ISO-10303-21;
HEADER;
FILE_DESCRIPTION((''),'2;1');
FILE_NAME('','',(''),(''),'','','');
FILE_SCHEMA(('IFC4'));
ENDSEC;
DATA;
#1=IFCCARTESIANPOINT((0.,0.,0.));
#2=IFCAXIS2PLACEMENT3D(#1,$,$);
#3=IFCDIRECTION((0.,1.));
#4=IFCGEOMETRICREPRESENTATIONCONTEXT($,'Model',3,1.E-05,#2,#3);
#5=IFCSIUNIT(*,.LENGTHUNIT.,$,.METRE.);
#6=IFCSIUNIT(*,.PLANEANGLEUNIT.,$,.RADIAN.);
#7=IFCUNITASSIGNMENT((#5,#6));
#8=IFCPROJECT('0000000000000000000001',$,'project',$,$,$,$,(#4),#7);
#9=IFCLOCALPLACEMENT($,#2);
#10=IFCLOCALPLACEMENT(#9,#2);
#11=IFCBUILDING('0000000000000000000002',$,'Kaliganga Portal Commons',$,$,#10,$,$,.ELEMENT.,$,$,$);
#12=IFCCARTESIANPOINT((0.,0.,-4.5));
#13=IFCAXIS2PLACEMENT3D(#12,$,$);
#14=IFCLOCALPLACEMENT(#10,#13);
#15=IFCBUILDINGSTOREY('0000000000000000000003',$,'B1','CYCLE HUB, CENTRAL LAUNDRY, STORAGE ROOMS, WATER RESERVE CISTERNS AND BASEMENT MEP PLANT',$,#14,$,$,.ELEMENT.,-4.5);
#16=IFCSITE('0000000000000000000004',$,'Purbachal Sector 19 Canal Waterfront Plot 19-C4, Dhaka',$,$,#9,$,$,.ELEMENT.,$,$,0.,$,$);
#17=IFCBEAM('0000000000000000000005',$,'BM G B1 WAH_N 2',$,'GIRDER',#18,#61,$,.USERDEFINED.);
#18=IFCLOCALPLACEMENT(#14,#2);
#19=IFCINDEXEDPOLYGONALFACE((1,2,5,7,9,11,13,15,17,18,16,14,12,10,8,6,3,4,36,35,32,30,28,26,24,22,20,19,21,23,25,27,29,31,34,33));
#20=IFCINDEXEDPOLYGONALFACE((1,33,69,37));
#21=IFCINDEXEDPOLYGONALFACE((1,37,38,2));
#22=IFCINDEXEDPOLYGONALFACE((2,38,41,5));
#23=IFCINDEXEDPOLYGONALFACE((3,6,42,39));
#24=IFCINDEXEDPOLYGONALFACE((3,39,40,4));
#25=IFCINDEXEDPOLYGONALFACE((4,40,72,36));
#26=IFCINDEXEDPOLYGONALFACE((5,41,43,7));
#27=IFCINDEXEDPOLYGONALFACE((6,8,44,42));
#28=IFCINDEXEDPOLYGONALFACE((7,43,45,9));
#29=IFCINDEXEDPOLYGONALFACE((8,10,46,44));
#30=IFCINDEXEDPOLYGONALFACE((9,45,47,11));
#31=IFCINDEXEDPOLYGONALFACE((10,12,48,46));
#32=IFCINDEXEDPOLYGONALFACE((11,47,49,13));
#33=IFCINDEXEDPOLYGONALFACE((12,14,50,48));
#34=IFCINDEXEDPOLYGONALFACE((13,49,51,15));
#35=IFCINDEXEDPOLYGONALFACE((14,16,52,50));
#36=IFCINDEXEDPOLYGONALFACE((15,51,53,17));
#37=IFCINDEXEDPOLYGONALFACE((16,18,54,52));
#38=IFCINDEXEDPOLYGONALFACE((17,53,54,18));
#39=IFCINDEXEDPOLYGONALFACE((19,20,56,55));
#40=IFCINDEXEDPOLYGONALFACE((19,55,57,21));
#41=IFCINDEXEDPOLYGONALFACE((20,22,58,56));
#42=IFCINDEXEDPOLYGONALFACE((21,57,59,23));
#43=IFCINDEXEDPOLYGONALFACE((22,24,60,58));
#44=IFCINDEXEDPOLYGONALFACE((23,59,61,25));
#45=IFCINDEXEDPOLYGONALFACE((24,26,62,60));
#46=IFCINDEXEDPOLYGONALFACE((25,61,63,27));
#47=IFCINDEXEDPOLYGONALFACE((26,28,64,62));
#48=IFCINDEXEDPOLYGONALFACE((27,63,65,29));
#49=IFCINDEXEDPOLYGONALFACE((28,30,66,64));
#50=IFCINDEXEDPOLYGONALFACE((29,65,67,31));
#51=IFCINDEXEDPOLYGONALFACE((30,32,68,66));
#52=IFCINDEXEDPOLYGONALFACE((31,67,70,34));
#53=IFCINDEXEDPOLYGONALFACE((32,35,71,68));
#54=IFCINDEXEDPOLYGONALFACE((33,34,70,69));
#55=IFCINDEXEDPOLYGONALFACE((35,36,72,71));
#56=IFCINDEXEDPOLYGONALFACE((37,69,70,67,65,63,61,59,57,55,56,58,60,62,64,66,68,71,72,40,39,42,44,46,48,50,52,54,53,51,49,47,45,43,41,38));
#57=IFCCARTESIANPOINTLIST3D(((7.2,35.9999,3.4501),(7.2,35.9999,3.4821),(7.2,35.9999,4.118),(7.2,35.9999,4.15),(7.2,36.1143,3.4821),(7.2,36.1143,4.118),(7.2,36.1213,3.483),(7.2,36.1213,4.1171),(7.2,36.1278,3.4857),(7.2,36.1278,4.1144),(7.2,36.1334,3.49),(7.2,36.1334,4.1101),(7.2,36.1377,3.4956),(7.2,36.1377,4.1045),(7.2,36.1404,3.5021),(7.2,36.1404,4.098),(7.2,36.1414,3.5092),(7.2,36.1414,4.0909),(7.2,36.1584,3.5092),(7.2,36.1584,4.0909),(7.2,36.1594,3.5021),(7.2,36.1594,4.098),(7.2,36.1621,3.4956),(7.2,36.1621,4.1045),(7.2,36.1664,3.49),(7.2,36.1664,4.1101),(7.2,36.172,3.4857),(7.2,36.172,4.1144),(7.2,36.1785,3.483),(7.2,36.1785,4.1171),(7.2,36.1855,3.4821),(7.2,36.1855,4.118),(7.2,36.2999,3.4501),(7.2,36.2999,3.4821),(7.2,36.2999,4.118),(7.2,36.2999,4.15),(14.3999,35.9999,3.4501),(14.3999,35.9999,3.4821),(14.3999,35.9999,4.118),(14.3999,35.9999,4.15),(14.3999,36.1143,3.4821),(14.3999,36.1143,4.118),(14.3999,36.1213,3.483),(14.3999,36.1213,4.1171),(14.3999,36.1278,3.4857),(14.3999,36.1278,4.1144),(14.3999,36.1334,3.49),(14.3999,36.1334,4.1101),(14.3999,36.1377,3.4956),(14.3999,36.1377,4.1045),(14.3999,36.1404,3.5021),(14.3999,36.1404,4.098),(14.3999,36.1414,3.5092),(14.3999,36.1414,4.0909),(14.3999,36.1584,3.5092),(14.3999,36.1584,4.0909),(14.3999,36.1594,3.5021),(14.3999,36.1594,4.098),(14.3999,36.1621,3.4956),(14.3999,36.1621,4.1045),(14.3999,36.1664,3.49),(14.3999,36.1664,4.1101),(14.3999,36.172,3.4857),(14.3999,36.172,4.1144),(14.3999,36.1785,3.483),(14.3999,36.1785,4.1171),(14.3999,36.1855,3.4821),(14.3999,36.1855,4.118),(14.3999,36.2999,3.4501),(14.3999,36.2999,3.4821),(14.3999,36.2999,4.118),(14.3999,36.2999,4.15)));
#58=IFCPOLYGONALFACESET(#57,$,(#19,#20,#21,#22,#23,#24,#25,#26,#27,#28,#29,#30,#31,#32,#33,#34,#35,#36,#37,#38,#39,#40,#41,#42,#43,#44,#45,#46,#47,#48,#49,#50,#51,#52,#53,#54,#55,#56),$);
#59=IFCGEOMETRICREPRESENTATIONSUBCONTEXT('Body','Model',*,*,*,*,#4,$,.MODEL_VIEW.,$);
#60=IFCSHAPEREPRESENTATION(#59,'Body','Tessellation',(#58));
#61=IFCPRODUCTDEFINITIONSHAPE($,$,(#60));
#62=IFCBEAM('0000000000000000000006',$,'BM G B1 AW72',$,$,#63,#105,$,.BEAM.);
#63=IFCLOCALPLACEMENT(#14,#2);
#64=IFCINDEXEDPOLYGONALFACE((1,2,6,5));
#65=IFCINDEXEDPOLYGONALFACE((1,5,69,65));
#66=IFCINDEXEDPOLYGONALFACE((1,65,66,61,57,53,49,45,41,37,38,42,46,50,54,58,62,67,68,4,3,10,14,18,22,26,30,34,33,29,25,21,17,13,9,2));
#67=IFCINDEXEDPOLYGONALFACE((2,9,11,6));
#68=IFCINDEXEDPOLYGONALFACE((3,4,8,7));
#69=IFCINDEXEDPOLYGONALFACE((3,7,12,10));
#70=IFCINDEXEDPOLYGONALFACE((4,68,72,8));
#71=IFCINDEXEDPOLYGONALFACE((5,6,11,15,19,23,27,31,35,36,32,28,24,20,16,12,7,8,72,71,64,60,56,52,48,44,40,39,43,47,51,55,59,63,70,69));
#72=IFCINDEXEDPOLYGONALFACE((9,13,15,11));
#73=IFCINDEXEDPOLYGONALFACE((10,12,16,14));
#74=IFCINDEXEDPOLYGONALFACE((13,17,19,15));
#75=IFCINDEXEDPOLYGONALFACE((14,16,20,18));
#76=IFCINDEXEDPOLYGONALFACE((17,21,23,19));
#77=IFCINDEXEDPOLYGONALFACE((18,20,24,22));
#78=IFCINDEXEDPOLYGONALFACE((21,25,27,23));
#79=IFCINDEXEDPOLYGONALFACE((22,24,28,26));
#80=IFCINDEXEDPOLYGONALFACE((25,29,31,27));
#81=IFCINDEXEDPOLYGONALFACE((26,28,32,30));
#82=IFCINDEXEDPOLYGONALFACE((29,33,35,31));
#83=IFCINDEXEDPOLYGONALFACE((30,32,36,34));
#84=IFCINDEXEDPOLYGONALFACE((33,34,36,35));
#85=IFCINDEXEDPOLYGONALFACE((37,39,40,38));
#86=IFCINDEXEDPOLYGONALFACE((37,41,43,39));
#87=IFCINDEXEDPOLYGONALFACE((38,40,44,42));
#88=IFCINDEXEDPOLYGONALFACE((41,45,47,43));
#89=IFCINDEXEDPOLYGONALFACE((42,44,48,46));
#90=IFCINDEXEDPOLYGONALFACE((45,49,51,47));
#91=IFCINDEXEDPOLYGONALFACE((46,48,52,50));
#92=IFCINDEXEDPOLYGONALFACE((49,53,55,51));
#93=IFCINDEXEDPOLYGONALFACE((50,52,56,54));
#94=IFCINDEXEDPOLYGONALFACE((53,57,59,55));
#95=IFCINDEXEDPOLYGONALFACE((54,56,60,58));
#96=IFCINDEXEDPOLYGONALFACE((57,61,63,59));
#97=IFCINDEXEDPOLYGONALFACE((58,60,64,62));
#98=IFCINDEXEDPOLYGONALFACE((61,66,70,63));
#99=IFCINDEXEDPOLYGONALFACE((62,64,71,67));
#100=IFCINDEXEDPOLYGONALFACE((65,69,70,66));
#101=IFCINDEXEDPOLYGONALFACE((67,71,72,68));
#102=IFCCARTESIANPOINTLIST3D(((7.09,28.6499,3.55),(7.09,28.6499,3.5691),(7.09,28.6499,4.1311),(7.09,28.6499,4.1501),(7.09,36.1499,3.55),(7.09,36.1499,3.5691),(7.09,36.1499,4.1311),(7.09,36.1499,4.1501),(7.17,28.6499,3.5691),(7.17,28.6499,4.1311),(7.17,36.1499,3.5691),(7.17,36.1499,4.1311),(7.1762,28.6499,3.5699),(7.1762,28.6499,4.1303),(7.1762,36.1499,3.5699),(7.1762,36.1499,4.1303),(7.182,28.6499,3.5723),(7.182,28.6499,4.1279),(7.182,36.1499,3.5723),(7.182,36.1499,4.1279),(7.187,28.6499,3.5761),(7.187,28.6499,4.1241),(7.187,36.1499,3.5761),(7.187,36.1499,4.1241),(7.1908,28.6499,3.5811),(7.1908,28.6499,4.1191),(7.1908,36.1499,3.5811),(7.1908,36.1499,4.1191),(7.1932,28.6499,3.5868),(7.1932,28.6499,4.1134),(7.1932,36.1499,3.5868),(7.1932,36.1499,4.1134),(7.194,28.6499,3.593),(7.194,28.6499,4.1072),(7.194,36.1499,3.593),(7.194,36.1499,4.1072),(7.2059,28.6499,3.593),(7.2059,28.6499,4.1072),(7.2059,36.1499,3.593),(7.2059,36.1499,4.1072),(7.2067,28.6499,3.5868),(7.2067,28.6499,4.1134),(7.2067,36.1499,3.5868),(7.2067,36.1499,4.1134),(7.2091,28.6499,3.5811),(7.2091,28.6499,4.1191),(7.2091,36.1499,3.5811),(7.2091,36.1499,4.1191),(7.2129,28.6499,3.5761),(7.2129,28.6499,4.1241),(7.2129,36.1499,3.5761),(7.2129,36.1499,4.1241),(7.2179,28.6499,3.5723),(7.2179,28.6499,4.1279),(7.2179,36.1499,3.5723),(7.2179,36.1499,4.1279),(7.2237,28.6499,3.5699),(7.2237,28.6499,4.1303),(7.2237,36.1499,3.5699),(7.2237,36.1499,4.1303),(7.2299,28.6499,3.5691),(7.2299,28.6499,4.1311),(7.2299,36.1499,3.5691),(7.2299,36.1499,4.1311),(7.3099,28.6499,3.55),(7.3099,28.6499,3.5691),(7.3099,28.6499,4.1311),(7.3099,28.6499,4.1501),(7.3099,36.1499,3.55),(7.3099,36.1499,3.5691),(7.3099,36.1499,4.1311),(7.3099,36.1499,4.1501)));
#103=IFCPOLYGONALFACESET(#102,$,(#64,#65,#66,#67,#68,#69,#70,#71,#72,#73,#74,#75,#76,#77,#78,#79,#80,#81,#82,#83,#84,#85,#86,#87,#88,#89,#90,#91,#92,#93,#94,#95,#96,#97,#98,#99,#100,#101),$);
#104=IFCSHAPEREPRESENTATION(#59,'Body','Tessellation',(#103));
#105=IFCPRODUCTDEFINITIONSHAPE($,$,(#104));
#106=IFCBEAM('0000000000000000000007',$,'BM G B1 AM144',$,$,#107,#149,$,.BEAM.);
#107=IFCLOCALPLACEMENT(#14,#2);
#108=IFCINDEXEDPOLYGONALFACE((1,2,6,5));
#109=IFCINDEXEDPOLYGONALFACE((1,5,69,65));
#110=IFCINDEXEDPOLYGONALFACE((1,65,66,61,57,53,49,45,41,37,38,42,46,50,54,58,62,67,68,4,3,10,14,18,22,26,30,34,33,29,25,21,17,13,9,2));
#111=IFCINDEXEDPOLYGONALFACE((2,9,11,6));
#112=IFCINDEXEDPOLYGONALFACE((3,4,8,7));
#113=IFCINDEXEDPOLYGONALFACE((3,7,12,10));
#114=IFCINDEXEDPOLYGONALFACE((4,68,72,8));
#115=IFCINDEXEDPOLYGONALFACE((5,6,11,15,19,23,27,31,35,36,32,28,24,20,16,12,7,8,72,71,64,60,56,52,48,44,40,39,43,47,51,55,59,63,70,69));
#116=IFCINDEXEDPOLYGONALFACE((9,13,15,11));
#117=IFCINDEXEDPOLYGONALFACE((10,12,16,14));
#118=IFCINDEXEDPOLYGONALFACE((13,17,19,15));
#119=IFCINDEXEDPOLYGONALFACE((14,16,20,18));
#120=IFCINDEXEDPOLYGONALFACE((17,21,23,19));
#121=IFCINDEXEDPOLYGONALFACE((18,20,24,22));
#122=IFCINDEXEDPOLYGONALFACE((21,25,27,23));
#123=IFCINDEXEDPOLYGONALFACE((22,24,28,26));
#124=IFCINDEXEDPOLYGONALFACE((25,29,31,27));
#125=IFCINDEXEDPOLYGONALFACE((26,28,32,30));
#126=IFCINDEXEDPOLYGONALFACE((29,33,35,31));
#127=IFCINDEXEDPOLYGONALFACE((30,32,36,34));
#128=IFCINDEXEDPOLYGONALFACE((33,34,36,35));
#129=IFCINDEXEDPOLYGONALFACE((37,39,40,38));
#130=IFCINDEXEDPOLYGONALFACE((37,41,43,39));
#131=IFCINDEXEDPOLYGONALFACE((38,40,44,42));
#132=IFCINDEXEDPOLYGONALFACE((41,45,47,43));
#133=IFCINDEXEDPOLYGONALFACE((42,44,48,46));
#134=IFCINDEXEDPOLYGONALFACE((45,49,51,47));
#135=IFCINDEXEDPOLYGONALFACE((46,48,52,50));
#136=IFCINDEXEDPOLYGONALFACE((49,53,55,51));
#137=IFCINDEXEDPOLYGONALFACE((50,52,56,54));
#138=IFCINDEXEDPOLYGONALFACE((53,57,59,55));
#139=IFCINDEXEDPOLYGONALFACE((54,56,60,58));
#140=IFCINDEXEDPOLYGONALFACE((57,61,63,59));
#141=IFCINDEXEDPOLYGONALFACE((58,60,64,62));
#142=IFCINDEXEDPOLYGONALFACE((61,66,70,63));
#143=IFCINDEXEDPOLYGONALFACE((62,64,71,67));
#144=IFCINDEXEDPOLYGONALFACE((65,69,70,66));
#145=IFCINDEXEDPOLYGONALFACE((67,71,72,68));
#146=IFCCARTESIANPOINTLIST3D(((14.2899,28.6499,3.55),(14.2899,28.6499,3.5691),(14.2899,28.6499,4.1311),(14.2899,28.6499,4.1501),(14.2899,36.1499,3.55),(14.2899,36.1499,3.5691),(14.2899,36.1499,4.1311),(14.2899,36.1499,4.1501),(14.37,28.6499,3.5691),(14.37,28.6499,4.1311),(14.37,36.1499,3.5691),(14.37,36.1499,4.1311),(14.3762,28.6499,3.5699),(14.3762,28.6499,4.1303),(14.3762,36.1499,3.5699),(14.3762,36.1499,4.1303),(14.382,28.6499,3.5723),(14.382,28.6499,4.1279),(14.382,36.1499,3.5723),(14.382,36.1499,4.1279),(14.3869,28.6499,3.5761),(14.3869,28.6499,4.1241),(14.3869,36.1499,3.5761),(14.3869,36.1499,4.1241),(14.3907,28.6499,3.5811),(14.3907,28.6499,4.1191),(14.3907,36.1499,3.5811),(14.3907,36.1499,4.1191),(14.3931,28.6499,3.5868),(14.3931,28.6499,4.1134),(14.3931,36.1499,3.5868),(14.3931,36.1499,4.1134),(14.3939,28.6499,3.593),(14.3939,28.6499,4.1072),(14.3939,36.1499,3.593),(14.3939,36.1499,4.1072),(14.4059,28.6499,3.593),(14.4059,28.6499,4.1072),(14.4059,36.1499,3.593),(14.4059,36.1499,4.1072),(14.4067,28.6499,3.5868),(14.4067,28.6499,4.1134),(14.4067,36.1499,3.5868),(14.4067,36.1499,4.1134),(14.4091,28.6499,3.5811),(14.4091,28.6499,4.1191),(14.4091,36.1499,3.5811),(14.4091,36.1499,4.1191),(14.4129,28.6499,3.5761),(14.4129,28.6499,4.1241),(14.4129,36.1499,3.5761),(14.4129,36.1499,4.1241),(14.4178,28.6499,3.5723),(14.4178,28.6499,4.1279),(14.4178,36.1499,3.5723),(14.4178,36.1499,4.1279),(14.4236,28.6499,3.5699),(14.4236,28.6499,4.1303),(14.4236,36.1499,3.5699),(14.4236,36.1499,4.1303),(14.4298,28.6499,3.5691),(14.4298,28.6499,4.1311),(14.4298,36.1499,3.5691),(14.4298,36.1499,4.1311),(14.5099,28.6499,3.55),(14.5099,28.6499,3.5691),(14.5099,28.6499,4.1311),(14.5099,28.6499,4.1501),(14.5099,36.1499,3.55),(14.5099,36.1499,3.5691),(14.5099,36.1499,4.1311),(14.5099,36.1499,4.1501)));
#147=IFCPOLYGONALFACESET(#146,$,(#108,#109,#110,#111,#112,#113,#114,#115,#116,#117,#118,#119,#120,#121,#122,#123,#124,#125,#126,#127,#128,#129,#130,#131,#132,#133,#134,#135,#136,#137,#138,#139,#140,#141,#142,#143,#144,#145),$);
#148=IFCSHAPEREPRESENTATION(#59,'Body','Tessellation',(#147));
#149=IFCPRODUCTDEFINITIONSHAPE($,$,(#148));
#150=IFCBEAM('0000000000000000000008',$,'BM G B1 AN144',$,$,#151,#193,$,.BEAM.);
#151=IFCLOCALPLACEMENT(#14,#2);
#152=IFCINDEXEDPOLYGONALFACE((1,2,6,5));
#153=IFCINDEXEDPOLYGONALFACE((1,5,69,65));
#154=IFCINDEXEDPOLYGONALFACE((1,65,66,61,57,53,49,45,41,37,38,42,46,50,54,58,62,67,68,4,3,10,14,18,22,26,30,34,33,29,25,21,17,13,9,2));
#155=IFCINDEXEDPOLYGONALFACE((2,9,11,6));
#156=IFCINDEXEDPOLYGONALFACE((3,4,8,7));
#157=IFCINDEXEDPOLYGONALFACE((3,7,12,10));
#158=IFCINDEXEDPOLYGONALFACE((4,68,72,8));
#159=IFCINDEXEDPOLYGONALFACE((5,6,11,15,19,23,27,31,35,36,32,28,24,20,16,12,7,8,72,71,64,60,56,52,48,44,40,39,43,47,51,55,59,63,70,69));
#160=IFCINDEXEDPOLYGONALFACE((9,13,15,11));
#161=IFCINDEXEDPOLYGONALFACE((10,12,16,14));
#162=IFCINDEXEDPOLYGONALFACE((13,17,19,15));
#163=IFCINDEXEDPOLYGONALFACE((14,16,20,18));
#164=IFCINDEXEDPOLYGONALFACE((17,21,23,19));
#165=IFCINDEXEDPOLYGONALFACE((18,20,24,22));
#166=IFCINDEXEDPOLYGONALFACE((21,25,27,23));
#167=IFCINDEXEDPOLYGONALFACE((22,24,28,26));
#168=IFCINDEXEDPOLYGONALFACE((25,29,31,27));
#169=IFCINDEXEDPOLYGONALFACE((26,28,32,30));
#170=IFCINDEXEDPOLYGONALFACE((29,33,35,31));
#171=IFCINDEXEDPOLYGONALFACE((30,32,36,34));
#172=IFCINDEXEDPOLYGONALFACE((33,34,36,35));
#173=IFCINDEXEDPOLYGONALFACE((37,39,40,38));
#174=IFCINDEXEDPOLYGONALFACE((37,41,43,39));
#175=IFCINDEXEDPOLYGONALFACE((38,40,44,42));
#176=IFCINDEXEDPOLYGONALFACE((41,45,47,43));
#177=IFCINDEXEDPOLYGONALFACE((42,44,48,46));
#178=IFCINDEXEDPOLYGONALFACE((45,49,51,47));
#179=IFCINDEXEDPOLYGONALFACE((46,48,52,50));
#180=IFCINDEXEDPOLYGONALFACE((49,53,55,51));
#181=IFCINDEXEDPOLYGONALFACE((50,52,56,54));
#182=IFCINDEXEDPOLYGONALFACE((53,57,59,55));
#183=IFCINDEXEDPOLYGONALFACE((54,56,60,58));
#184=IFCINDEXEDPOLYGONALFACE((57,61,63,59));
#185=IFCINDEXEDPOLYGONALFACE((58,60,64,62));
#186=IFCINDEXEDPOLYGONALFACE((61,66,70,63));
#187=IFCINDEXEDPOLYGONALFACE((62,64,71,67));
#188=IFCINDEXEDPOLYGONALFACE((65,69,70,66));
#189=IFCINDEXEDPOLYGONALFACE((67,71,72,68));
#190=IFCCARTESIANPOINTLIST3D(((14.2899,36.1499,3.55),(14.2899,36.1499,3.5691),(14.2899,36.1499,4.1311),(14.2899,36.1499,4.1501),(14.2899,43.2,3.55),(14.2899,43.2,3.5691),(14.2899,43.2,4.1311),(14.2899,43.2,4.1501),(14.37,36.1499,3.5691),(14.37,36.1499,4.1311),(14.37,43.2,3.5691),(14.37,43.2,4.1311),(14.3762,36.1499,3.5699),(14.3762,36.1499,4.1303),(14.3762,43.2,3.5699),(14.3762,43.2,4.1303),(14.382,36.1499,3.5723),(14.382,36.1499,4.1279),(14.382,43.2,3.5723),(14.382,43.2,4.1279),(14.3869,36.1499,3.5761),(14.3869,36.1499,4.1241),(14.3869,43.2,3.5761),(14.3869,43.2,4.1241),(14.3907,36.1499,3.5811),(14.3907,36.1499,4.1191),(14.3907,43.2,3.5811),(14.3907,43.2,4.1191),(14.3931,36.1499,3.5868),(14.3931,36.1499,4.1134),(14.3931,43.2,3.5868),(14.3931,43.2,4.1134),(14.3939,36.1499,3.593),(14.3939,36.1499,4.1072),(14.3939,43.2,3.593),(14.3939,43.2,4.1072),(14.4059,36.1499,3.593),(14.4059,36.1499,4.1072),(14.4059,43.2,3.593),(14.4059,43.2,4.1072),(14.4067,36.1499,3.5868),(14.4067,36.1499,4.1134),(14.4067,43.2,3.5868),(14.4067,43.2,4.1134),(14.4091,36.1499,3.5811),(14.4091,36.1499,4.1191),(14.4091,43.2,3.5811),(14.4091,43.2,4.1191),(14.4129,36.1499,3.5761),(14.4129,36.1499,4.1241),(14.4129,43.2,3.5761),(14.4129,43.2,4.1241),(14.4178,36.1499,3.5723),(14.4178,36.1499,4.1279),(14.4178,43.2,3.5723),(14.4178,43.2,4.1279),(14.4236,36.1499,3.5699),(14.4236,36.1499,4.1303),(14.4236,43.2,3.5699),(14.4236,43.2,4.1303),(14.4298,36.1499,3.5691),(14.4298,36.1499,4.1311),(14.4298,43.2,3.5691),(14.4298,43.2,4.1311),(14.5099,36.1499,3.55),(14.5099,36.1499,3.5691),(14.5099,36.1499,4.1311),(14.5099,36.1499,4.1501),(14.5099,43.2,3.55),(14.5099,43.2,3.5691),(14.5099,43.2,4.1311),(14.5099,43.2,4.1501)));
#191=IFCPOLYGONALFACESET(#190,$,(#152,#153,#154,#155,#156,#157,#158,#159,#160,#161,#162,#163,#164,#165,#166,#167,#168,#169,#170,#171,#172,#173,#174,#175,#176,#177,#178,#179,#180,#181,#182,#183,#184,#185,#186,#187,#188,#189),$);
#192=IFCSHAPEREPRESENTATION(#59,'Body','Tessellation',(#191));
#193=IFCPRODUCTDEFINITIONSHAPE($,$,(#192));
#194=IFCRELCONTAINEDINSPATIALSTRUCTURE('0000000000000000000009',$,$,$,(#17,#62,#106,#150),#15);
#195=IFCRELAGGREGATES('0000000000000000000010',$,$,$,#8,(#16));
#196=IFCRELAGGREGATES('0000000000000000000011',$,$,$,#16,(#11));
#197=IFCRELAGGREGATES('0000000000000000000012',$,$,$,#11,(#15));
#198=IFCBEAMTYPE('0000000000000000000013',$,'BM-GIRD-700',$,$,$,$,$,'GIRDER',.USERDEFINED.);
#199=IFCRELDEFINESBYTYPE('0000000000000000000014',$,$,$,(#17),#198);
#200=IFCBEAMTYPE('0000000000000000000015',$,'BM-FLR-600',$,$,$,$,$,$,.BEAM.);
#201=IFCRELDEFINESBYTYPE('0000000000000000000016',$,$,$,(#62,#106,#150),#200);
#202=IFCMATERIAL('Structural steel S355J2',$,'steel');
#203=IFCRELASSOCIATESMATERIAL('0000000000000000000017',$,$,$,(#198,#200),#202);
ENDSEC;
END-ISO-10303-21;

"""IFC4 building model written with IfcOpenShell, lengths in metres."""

from ifc_helpers import new_model, si_unit, direction, frame, origin, origin_2d, place, context, subcontext, project, spatial, i_section, extrude, source, transform, mapped, material, material_profile, profile_set, type_object, element, save


model = new_model("IFC4")

# Units and contexts
model_context = context("Model", 3, precision=1e-05, world=origin(), true_north=direction((0.0, 1.0)))
body_context = subcontext(model_context, "Body", "Model", "MODEL_VIEW")
ifc_project = project(units=[si_unit("LENGTHUNIT", "METRE"), si_unit("PLANEANGLEUNIT", "RADIAN")], contexts=[model_context])

# Site, building, storey
site_placement = place(None, origin())
site = spatial("IfcSite", under=ifc_project, at=site_placement, Name="Purbachal Sector 19 Canal Waterfront Plot 19-C4, Dhaka", CompositionType="ELEMENT", RefElevation=0.0)
building_placement = place(site_placement, origin())
building = spatial("IfcBuilding", under=site, at=building_placement, Name="Kaliganga Portal Commons", CompositionType="ELEMENT")
storey_placement = place(building_placement, frame((0.0, 0.0, -4.5)))
storey = spatial("IfcBuildingStorey", under=building, at=storey_placement, Name="B1", Description="CYCLE HUB, CENTRAL LAUNDRY, STORAGE ROOMS, WATER RESERVE CISTERNS AND BASEMENT MEP PLANT", CompositionType="ELEMENT", Elevation=-4.5)

# Beams
ifc_material_1 = material(Name="Structural steel S355J2", Category="steel")
ifc_material_profile_1 = material_profile(ifc_material_1, i_section(OverallWidth=0.3, OverallDepth=0.7, WebThickness=0.0171, FlangeThickness=0.032, FilletRadius=0.0271, at=origin_2d()), Name="HE 700 B")
ifc_profile_set_1 = profile_set([ifc_material_profile_1], Name="Structural steel S355J2 wide-flange")
beam_type_1 = type_object("IfcBeamType", Name="BM-GIRD-700", ElementType="GIRDER", PredefinedType="USERDEFINED", material=ifc_profile_set_1)
shared_shape_1 = source(origin(), body_context, "Body", "SweptSolid", [
    extrude(i_section(OverallWidth=0.3, OverallDepth=0.7, WebThickness=0.0171, FlangeThickness=0.032, FilletRadius=0.0271, at=origin_2d()), origin(), (0.0, 0.0, 1.0), 7.2),
])
for number, where, z_axis, x_axis, name in (
    (1, (7.2, 36.1499, 3.8), (1.0, 0.0, 0.0), (0.0, 1.0, 0.0), "BM G B1 WAH_N 2"),
):
    element("IfcBeam", number, at=place(storey_placement, frame(where, z_axis=z_axis, x_axis=x_axis)), inside=storey, type_object=beam_type_1, Name=name, ObjectType="GIRDER", PredefinedType="USERDEFINED", context=body_context, shape_type="MappedRepresentation", body=[
        mapped(shared_shape_1, transform((0.0, 0.0, 0.0), x_axis=(1.0, 0.0, 0.0), y_axis=(0.0, 1.0, 0.0), z_axis=(0.0, 0.0, 1.0), scale=1.0)),
    ])
ifc_material_profile_2 = material_profile(ifc_material_1, i_section(OverallWidth=0.22, OverallDepth=0.6001, WebThickness=0.012, FlangeThickness=0.019, FilletRadius=0.0239, at=origin_2d()), Name="IPE 600")
ifc_profile_set_2 = profile_set([ifc_material_profile_2], Name="Structural steel S355J2 wide-flange")
beam_type_2 = type_object("IfcBeamType", Name="BM-FLR-600", PredefinedType="BEAM", material=ifc_profile_set_2)
shared_shape_2 = source(origin(), body_context, "Body", "SweptSolid", [
    extrude(i_section(OverallWidth=0.22, OverallDepth=0.6001, WebThickness=0.012, FlangeThickness=0.019, FilletRadius=0.0239, at=origin_2d()), origin(), (0.0, 0.0, 1.0), 7.5),
])
for number, where, z_axis, x_axis, name in (
    (2, (7.2, 28.6499, 3.8501), (0.0, 1.0, 0.0), (-1.0, 0.0, 0.0), "BM G B1 AW72"),
    (3, (14.3999, 28.6499, 3.8501), (0.0, 1.0, 0.0), (-1.0, 0.0, 0.0), "BM G B1 AM144"),
):
    element("IfcBeam", number, at=place(storey_placement, frame(where, z_axis=z_axis, x_axis=x_axis)), inside=storey, type_object=beam_type_2, Name=name, PredefinedType="BEAM", context=body_context, shape_type="MappedRepresentation", body=[
        mapped(shared_shape_2, transform((0.0, 0.0, 0.0), x_axis=(1.0, 0.0, 0.0), y_axis=(0.0, 1.0, 0.0), z_axis=(0.0, 0.0, 1.0), scale=1.0)),
    ])
shared_shape_3 = source(origin(), body_context, "Body", "SweptSolid", [
    extrude(i_section(OverallWidth=0.22, OverallDepth=0.6001, WebThickness=0.012, FlangeThickness=0.019, FilletRadius=0.0239, at=origin_2d()), origin(), (0.0, 0.0, 1.0), 7.05),
])
beam_1_placement = place(storey_placement, frame((14.3999, 36.1499, 3.8501), z_axis=(0.0, 1.0, 0.0), x_axis=(-1.0, 0.0, 0.0)))
element("IfcBeam", 4, at=beam_1_placement, inside=storey, type_object=beam_type_2, Name="BM G B1 AN144", PredefinedType="BEAM", context=body_context, shape_type="MappedRepresentation", body=[
    mapped(shared_shape_3, transform((0.0, 0.0, 0.0), x_axis=(1.0, 0.0, 0.0), y_axis=(0.0, 1.0, 0.0), z_axis=(0.0, 0.0, 1.0), scale=1.0)),
])

save(model, "model.ifc")
